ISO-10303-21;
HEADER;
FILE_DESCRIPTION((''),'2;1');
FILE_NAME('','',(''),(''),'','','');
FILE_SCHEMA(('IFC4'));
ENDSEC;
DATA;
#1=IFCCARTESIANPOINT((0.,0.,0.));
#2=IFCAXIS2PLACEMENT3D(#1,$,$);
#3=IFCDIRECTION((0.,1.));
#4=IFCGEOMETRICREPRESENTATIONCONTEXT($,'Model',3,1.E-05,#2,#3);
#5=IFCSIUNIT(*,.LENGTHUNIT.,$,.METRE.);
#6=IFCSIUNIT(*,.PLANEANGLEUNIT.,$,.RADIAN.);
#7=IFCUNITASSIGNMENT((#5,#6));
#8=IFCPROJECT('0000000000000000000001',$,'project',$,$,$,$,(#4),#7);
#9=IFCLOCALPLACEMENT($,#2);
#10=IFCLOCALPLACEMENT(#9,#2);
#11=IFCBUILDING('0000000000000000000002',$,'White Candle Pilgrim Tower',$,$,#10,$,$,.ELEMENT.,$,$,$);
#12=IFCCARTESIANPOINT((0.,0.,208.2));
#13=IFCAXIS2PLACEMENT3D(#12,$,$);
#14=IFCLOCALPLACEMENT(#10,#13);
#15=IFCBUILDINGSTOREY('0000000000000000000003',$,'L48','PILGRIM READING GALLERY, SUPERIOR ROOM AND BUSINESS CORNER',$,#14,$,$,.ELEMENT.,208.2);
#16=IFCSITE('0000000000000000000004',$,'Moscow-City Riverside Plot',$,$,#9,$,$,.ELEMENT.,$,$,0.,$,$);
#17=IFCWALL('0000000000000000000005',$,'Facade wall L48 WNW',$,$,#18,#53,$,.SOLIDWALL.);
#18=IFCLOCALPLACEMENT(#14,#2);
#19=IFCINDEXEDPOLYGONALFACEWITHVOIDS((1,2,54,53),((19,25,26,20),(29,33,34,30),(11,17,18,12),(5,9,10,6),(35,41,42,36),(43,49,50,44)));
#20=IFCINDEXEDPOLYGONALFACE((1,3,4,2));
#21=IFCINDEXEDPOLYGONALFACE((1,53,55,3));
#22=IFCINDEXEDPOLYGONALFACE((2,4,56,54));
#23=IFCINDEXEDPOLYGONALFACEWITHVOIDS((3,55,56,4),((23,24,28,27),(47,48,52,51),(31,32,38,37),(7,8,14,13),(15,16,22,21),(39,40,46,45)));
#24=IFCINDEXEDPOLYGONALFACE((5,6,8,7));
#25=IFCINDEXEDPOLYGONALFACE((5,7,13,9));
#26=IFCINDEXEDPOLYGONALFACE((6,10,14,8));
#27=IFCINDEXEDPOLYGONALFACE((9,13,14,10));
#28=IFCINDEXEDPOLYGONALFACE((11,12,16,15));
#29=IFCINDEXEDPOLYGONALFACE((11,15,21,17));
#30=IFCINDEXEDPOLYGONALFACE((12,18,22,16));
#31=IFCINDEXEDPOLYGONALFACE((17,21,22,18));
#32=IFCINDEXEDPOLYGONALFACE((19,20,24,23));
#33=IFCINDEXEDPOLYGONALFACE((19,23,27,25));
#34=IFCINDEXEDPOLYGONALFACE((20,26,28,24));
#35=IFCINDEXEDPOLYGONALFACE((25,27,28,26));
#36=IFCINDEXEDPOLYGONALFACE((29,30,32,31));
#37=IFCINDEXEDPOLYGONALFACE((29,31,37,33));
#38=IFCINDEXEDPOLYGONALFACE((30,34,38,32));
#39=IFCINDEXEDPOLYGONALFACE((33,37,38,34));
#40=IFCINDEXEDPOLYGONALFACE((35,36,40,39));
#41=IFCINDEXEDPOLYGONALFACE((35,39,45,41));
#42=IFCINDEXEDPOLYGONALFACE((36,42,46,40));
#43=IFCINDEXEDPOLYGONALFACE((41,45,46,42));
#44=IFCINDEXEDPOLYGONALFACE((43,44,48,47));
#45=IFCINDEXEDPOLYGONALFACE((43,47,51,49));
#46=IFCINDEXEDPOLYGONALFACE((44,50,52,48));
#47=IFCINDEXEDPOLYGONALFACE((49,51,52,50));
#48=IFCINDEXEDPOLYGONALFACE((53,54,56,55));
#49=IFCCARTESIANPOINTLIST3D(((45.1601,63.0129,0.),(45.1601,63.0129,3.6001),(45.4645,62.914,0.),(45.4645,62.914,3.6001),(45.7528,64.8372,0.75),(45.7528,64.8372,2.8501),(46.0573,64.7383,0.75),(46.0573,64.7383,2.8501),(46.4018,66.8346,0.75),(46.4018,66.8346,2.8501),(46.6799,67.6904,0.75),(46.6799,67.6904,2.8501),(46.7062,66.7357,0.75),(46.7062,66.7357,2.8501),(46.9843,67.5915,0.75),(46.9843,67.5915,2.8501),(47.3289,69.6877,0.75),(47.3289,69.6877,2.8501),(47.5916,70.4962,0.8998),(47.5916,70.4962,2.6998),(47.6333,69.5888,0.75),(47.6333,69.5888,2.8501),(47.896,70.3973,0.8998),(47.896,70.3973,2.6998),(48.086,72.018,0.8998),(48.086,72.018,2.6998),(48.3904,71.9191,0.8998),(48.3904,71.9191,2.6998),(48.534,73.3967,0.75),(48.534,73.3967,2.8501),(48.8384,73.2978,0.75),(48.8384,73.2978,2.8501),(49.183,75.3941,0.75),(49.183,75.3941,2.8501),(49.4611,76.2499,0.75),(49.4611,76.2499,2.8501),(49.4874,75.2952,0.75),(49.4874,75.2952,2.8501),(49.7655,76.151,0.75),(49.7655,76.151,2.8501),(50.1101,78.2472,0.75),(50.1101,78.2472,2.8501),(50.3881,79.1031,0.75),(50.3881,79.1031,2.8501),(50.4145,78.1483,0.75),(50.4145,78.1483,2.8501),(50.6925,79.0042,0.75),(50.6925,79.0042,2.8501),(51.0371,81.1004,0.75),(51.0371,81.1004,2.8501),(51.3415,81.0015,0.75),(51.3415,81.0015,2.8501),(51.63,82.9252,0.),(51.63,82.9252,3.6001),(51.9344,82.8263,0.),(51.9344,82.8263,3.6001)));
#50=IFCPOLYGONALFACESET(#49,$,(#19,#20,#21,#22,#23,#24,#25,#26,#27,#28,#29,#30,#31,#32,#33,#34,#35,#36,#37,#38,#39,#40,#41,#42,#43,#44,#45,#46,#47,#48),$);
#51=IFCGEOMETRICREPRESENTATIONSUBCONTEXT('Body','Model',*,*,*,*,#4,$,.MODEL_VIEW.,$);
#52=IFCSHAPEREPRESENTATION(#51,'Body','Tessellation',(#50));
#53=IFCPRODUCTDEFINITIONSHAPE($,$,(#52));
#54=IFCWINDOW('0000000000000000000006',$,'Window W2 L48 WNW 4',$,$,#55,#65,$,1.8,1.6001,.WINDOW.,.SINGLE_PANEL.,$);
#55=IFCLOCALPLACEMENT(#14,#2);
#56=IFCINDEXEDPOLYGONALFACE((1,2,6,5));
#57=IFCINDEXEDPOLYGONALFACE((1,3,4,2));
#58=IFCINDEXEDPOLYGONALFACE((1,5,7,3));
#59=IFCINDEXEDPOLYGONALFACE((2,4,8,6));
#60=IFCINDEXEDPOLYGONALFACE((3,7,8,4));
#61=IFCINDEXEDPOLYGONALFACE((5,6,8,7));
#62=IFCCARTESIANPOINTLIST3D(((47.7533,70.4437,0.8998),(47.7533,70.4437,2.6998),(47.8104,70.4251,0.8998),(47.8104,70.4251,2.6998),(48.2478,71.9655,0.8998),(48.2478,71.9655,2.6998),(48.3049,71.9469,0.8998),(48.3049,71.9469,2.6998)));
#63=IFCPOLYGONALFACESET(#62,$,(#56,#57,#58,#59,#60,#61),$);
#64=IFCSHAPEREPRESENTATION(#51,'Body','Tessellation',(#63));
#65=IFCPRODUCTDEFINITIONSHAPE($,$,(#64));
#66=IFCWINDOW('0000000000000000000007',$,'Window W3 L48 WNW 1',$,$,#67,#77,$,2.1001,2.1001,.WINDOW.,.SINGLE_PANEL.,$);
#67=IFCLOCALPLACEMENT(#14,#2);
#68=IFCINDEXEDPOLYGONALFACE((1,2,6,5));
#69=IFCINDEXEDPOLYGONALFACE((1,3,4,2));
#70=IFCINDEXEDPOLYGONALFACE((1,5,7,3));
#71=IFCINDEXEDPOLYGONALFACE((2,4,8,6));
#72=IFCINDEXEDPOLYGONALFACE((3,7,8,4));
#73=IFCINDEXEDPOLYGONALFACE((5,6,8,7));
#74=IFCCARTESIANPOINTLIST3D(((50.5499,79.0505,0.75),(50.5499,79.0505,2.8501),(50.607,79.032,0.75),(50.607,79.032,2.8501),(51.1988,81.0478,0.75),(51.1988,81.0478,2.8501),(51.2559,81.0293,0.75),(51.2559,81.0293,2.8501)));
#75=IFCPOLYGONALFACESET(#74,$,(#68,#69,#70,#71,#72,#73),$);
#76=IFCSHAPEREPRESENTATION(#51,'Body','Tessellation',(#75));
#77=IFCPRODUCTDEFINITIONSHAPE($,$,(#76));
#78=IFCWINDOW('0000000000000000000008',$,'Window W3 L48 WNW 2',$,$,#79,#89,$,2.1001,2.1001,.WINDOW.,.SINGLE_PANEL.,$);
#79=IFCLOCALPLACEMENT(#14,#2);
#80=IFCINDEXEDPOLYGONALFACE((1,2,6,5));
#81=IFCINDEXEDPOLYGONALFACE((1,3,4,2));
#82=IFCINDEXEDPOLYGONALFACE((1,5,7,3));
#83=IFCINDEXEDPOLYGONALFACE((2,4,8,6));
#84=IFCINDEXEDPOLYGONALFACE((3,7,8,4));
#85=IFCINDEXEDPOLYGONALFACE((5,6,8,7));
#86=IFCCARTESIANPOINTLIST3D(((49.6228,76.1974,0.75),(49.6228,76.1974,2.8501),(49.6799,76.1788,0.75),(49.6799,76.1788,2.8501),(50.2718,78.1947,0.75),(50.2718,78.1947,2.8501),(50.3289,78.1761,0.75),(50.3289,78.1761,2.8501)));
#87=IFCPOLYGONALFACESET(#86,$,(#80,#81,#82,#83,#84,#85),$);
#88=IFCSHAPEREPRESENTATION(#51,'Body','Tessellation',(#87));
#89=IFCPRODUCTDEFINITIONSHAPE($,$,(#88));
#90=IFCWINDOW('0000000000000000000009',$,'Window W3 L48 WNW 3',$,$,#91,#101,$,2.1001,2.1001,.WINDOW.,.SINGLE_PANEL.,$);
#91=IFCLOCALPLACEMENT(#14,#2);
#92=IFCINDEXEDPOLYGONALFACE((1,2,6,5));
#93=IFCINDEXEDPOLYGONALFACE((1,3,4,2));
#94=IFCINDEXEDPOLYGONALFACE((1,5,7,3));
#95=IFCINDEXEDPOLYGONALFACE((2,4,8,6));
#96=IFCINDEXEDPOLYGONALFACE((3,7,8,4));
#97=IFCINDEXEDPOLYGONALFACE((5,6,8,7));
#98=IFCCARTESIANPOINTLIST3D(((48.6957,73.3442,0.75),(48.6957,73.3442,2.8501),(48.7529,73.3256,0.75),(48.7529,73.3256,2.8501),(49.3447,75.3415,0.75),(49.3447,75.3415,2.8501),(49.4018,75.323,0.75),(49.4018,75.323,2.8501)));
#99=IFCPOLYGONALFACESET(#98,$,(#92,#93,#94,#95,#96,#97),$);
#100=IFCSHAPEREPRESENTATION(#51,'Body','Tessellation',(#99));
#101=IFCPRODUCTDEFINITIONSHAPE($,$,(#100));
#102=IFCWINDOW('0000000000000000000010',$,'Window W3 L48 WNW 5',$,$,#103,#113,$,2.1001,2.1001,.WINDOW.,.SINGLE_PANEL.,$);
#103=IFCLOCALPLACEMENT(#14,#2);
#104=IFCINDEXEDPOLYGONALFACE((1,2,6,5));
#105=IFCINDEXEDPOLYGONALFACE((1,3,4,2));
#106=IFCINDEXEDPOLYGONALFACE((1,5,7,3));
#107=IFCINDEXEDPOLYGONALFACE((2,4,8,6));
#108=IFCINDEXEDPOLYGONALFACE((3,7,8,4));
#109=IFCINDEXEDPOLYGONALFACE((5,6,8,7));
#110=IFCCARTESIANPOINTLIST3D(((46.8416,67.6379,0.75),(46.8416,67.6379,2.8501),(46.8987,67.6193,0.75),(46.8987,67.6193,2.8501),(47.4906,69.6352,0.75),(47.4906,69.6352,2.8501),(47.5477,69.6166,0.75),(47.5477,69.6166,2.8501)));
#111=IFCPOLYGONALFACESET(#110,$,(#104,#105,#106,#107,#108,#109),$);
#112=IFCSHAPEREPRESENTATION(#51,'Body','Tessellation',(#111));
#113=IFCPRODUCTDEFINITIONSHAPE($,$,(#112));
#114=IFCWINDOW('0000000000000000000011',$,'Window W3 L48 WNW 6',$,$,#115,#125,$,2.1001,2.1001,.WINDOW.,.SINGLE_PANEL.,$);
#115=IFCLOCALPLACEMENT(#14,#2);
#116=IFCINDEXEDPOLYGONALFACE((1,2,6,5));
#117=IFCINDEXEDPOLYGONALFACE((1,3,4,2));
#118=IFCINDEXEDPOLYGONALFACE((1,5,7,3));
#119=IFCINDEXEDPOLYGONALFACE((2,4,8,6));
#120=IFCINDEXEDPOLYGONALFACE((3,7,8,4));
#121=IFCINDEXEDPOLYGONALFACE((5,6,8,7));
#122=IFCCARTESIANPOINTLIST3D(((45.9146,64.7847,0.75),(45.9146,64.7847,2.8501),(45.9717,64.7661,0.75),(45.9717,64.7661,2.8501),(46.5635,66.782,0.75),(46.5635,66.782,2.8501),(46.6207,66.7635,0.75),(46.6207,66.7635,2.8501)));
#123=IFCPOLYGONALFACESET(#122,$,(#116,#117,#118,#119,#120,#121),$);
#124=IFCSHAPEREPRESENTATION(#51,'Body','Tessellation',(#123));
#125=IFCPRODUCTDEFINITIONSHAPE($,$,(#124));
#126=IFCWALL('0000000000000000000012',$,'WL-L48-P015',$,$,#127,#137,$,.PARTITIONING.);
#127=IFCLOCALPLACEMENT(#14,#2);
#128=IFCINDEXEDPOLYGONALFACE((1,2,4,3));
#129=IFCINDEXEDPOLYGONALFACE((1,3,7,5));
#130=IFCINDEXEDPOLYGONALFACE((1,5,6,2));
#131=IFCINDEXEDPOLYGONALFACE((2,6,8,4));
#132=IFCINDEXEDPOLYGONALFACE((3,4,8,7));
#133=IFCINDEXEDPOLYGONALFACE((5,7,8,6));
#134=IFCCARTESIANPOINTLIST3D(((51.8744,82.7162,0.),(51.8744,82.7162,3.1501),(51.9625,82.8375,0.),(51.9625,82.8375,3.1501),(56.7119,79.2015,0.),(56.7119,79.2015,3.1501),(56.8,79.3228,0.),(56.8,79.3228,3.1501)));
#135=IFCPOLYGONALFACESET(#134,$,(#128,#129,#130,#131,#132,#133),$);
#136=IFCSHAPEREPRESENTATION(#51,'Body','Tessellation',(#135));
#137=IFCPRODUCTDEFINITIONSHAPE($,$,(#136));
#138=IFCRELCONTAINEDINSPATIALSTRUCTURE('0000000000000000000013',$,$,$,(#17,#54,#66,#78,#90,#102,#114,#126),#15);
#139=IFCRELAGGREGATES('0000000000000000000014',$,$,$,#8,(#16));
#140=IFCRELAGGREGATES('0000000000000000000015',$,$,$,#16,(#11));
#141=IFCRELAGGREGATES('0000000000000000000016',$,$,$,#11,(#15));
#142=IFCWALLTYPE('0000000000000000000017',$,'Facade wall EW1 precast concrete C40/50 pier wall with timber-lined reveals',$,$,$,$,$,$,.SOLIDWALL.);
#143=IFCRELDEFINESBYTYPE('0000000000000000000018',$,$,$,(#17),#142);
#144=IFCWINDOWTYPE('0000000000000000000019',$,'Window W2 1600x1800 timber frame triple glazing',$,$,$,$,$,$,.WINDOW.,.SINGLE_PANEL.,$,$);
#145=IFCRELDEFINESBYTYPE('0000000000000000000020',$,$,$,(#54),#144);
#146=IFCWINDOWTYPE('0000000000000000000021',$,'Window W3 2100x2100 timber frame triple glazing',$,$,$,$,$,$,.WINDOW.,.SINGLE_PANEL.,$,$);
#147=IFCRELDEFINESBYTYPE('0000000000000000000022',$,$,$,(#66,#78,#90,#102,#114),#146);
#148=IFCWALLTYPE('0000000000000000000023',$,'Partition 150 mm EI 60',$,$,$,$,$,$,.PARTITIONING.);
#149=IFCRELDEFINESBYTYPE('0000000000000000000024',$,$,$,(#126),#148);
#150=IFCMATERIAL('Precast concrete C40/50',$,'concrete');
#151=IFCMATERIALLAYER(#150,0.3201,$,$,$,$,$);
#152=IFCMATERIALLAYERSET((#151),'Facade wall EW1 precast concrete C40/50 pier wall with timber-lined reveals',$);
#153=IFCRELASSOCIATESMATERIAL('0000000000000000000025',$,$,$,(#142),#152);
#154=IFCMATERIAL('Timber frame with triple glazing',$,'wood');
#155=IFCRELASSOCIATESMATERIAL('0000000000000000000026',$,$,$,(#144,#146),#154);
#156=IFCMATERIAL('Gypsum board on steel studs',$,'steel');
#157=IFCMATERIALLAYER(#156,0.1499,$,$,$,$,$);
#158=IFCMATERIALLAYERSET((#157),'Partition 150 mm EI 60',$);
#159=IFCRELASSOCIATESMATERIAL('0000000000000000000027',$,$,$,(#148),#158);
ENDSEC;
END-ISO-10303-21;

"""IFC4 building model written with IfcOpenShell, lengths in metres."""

from ifc_helpers import new_model, si_unit, direction, frame, frame_2d, origin, place, context, subcontext, project, spatial, rectangle, extrude, material, layer, layer_set, type_object, element, fill, save


model = new_model("IFC4")

# Units and contexts
model_context = context("Model", 3, precision=1e-05, world=origin(), true_north=direction((0.0, 1.0)))
body_context = subcontext(model_context, "Body", "Model", "MODEL_VIEW")
ifc_project = project(units=[si_unit("LENGTHUNIT", "METRE"), si_unit("PLANEANGLEUNIT", "RADIAN")], contexts=[model_context])

# Site, building, storey
site_placement = place(None, origin())
site = spatial("IfcSite", under=ifc_project, at=site_placement, Name="Moscow-City Riverside Plot", CompositionType="ELEMENT", RefElevation=0.0)
building_placement = place(site_placement, origin())
building = spatial("IfcBuilding", under=site, at=building_placement, Name="White Candle Pilgrim Tower", CompositionType="ELEMENT")
storey_placement = place(building_placement, frame((0.0, 0.0, 208.2)))
storey = spatial("IfcBuildingStorey", under=building, at=storey_placement, Name="L48", Description="PILGRIM READING GALLERY, SUPERIOR ROOM AND BUSINESS CORNER", CompositionType="ELEMENT", Elevation=208.2)

# Wall, openings, windows
ifc_material_1 = material(Name="Precast concrete C40/50", Category="concrete")
ifc_layer_1 = layer(ifc_material_1, 0.3201)
ifc_layer_set_1 = layer_set([ifc_layer_1], Name="Facade wall EW1 precast concrete C40/50 pier wall with timber-lined reveals")
wall_type_1 = type_object("IfcWallType", Name="Facade wall EW1 precast concrete C40/50 pier wall with timber-lined reveals", PredefinedType="SOLIDWALL", material=ifc_layer_set_1)
ifc_material_2 = material(Name="Timber frame with triple glazing", Category="wood")
wall_1_placement = place(storey_placement, frame((51.7822, 82.8757, 0.0), z_axis=(0.0, 0.0, 1.0), x_axis=(-0.309019, -0.951056, 0.0)))
wall_1 = element("IfcWall", 1, at=wall_1_placement, inside=storey, type_object=wall_type_1, Name="Facade wall L48 WNW", PredefinedType="SOLIDWALL", context=body_context, shape_type="SweptSolid", body=[
    extrude(rectangle(XDim=20.937, YDim=0.3201, at=frame_2d((10.4685, 0.0))), origin(), (0.0, 0.0, 1.0), 3.6001),
])
opening_1_placement = place(wall_1_placement, frame((1.9187, 0.0, 0.75)))
opening_1 = element("IfcOpeningElement", 2, at=opening_1_placement, cuts=wall_1, PredefinedType="OPENING", context=body_context, shape_type="SweptSolid", body=[
    extrude(rectangle(XDim=2.1001, YDim=2.1001, at=frame_2d((1.05, 1.05))), frame((0.0, 0.1699, 0.0), z_axis=(0.0, -1.0, 0.0), x_axis=(1.0, 0.0, 0.0)), (0.0, 0.0, 1.0), 0.3401),
])
opening_2_placement = place(wall_1_placement, frame((4.9187, 0.0, 0.75)))
opening_2 = element("IfcOpeningElement", 3, at=opening_2_placement, cuts=wall_1, PredefinedType="OPENING", context=body_context, shape_type="SweptSolid", body=[
    extrude(rectangle(XDim=2.1001, YDim=2.1001, at=frame_2d((1.05, 1.05))), frame((0.0, 0.1699, 0.0), z_axis=(0.0, -1.0, 0.0), x_axis=(1.0, 0.0, 0.0)), (0.0, 0.0, 1.0), 0.3401),
])
opening_3_placement = place(wall_1_placement, frame((7.9187, 0.0, 0.75)))
opening_3 = element("IfcOpeningElement", 4, at=opening_3_placement, cuts=wall_1, PredefinedType="OPENING", context=body_context, shape_type="SweptSolid", body=[
    extrude(rectangle(XDim=2.1001, YDim=2.1001, at=frame_2d((1.05, 1.05))), frame((0.0, 0.1699, 0.0), z_axis=(0.0, -1.0, 0.0), x_axis=(1.0, 0.0, 0.0)), (0.0, 0.0, 1.0), 0.3401),
])
opening_4_placement = place(wall_1_placement, frame((11.4685, 0.0, 0.8999)))
opening_4 = element("IfcOpeningElement", 5, at=opening_4_placement, cuts=wall_1, PredefinedType="OPENING", context=body_context, shape_type="SweptSolid", body=[
    extrude(rectangle(XDim=1.6001, YDim=1.8, at=frame_2d((0.8, 0.8999))), frame((0.0, 0.1699, 0.0), z_axis=(0.0, -1.0, 0.0), x_axis=(1.0, 0.0, 0.0)), (0.0, 0.0, 1.0), 0.3401),
])
opening_5_placement = place(wall_1_placement, frame((13.9187, 0.0, 0.75)))
opening_5 = element("IfcOpeningElement", 6, at=opening_5_placement, cuts=wall_1, PredefinedType="OPENING", context=body_context, shape_type="SweptSolid", body=[
    extrude(rectangle(XDim=2.1001, YDim=2.1001, at=frame_2d((1.05, 1.05))), frame((0.0, 0.1699, 0.0), z_axis=(0.0, -1.0, 0.0), x_axis=(1.0, 0.0, 0.0)), (0.0, 0.0, 1.0), 0.3401),
])
opening_6_placement = place(wall_1_placement, frame((16.9187, 0.0, 0.75)))
opening_6 = element("IfcOpeningElement", 7, at=opening_6_placement, cuts=wall_1, PredefinedType="OPENING", context=body_context, shape_type="SweptSolid", body=[
    extrude(rectangle(XDim=2.1001, YDim=2.1001, at=frame_2d((1.05, 1.05))), frame((0.0, 0.1699, 0.0), z_axis=(0.0, -1.0, 0.0), x_axis=(1.0, 0.0, 0.0)), (0.0, 0.0, 1.0), 0.3401),
])
window_type_1 = type_object("IfcWindowType", Name="Window W2 1600x1800 timber frame triple glazing", PartitioningType="SINGLE_PANEL", PredefinedType="WINDOW", material=ifc_material_2)
window_1_placement = place(opening_4_placement, origin())
window_1 = element("IfcWindow", 8, at=window_1_placement, inside=storey, type_object=window_type_1, Name="Window W2 L48 WNW 4", OverallHeight=1.8, OverallWidth=1.6001, PartitioningType="SINGLE_PANEL", PredefinedType="WINDOW", context=body_context, shape_type="SweptSolid", body=[
    extrude(rectangle(XDim=1.6001, YDim=1.8, at=frame_2d((0.8, 0.8999))), frame((0.0, 0.0701, 0.0), z_axis=(0.0, -1.0, 0.0), x_axis=(1.0, 0.0, 0.0)), (0.0, 0.0, 1.0), 0.0601),
])
fill(opening_4, window_1)
window_type_2 = type_object("IfcWindowType", Name="Window W3 2100x2100 timber frame triple glazing", PartitioningType="SINGLE_PANEL", PredefinedType="WINDOW", material=ifc_material_2)
window_2_placement = place(opening_1_placement, origin())
window_2 = element("IfcWindow", 9, at=window_2_placement, inside=storey, type_object=window_type_2, Name="Window W3 L48 WNW 1", OverallHeight=2.1001, OverallWidth=2.1001, PartitioningType="SINGLE_PANEL", PredefinedType="WINDOW", context=body_context, shape_type="SweptSolid", body=[
    extrude(rectangle(XDim=2.1001, YDim=2.1001, at=frame_2d((1.05, 1.05))), frame((0.0, 0.0701, 0.0), z_axis=(0.0, -1.0, 0.0), x_axis=(1.0, 0.0, 0.0)), (0.0, 0.0, 1.0), 0.0601),
])
fill(opening_1, window_2)
window_3_placement = place(opening_2_placement, origin())
window_3 = element("IfcWindow", 10, at=window_3_placement, inside=storey, type_object=window_type_2, Name="Window W3 L48 WNW 2", OverallHeight=2.1001, OverallWidth=2.1001, PartitioningType="SINGLE_PANEL", PredefinedType="WINDOW", context=body_context, shape_type="SweptSolid", body=[
    extrude(rectangle(XDim=2.1001, YDim=2.1001, at=frame_2d((1.05, 1.05))), frame((0.0, 0.0701, 0.0), z_axis=(0.0, -1.0, 0.0), x_axis=(1.0, 0.0, 0.0)), (0.0, 0.0, 1.0), 0.0601),
])
fill(opening_2, window_3)
window_4_placement = place(opening_3_placement, origin())
window_4 = element("IfcWindow", 11, at=window_4_placement, inside=storey, type_object=window_type_2, Name="Window W3 L48 WNW 3", OverallHeight=2.1001, OverallWidth=2.1001, PartitioningType="SINGLE_PANEL", PredefinedType="WINDOW", context=body_context, shape_type="SweptSolid", body=[
    extrude(rectangle(XDim=2.1001, YDim=2.1001, at=frame_2d((1.05, 1.05))), frame((0.0, 0.0701, 0.0), z_axis=(0.0, -1.0, 0.0), x_axis=(1.0, 0.0, 0.0)), (0.0, 0.0, 1.0), 0.0601),
])
fill(opening_3, window_4)
window_5_placement = place(opening_5_placement, origin())
window_5 = element("IfcWindow", 12, at=window_5_placement, inside=storey, type_object=window_type_2, Name="Window W3 L48 WNW 5", OverallHeight=2.1001, OverallWidth=2.1001, PartitioningType="SINGLE_PANEL", PredefinedType="WINDOW", context=body_context, shape_type="SweptSolid", body=[
    extrude(rectangle(XDim=2.1001, YDim=2.1001, at=frame_2d((1.05, 1.05))), frame((0.0, 0.0701, 0.0), z_axis=(0.0, -1.0, 0.0), x_axis=(1.0, 0.0, 0.0)), (0.0, 0.0, 1.0), 0.0601),
])
fill(opening_5, window_5)
window_6_placement = place(opening_6_placement, origin())
window_6 = element("IfcWindow", 13, at=window_6_placement, inside=storey, type_object=window_type_2, Name="Window W3 L48 WNW 6", OverallHeight=2.1001, OverallWidth=2.1001, PartitioningType="SINGLE_PANEL", PredefinedType="WINDOW", context=body_context, shape_type="SweptSolid", body=[
    extrude(rectangle(XDim=2.1001, YDim=2.1001, at=frame_2d((1.05, 1.05))), frame((0.0, 0.0701, 0.0), z_axis=(0.0, -1.0, 0.0), x_axis=(1.0, 0.0, 0.0)), (0.0, 0.0, 1.0), 0.0601),
])
fill(opening_6, window_6)

# Wall
ifc_material_3 = material(Name="Gypsum board on steel studs", Category="steel")
ifc_layer_2 = layer(ifc_material_3, 0.1499)
ifc_layer_set_2 = layer_set([ifc_layer_2], Name="Partition 150 mm EI 60")
wall_type_2 = type_object("IfcWallType", Name="Partition 150 mm EI 60", PredefinedType="PARTITIONING", material=ifc_layer_set_2)
wall_2_placement = place(storey_placement, frame((51.9185, 82.7769, 0.0), z_axis=(0.0, 0.0, 1.0), x_axis=(0.809011, -0.587793, 0.0)))
element("IfcWall", 14, at=wall_2_placement, inside=storey, type_object=wall_type_2, Name="WL-L48-P015", PredefinedType="PARTITIONING", context=body_context, shape_type="SweptSolid", body=[
    extrude(rectangle(XDim=5.9795, YDim=0.1499, at=frame_2d((2.9897, 0.0))), origin(), (0.0, 0.0, 1.0), 3.1501),
])

save(model, "model.ifc")
